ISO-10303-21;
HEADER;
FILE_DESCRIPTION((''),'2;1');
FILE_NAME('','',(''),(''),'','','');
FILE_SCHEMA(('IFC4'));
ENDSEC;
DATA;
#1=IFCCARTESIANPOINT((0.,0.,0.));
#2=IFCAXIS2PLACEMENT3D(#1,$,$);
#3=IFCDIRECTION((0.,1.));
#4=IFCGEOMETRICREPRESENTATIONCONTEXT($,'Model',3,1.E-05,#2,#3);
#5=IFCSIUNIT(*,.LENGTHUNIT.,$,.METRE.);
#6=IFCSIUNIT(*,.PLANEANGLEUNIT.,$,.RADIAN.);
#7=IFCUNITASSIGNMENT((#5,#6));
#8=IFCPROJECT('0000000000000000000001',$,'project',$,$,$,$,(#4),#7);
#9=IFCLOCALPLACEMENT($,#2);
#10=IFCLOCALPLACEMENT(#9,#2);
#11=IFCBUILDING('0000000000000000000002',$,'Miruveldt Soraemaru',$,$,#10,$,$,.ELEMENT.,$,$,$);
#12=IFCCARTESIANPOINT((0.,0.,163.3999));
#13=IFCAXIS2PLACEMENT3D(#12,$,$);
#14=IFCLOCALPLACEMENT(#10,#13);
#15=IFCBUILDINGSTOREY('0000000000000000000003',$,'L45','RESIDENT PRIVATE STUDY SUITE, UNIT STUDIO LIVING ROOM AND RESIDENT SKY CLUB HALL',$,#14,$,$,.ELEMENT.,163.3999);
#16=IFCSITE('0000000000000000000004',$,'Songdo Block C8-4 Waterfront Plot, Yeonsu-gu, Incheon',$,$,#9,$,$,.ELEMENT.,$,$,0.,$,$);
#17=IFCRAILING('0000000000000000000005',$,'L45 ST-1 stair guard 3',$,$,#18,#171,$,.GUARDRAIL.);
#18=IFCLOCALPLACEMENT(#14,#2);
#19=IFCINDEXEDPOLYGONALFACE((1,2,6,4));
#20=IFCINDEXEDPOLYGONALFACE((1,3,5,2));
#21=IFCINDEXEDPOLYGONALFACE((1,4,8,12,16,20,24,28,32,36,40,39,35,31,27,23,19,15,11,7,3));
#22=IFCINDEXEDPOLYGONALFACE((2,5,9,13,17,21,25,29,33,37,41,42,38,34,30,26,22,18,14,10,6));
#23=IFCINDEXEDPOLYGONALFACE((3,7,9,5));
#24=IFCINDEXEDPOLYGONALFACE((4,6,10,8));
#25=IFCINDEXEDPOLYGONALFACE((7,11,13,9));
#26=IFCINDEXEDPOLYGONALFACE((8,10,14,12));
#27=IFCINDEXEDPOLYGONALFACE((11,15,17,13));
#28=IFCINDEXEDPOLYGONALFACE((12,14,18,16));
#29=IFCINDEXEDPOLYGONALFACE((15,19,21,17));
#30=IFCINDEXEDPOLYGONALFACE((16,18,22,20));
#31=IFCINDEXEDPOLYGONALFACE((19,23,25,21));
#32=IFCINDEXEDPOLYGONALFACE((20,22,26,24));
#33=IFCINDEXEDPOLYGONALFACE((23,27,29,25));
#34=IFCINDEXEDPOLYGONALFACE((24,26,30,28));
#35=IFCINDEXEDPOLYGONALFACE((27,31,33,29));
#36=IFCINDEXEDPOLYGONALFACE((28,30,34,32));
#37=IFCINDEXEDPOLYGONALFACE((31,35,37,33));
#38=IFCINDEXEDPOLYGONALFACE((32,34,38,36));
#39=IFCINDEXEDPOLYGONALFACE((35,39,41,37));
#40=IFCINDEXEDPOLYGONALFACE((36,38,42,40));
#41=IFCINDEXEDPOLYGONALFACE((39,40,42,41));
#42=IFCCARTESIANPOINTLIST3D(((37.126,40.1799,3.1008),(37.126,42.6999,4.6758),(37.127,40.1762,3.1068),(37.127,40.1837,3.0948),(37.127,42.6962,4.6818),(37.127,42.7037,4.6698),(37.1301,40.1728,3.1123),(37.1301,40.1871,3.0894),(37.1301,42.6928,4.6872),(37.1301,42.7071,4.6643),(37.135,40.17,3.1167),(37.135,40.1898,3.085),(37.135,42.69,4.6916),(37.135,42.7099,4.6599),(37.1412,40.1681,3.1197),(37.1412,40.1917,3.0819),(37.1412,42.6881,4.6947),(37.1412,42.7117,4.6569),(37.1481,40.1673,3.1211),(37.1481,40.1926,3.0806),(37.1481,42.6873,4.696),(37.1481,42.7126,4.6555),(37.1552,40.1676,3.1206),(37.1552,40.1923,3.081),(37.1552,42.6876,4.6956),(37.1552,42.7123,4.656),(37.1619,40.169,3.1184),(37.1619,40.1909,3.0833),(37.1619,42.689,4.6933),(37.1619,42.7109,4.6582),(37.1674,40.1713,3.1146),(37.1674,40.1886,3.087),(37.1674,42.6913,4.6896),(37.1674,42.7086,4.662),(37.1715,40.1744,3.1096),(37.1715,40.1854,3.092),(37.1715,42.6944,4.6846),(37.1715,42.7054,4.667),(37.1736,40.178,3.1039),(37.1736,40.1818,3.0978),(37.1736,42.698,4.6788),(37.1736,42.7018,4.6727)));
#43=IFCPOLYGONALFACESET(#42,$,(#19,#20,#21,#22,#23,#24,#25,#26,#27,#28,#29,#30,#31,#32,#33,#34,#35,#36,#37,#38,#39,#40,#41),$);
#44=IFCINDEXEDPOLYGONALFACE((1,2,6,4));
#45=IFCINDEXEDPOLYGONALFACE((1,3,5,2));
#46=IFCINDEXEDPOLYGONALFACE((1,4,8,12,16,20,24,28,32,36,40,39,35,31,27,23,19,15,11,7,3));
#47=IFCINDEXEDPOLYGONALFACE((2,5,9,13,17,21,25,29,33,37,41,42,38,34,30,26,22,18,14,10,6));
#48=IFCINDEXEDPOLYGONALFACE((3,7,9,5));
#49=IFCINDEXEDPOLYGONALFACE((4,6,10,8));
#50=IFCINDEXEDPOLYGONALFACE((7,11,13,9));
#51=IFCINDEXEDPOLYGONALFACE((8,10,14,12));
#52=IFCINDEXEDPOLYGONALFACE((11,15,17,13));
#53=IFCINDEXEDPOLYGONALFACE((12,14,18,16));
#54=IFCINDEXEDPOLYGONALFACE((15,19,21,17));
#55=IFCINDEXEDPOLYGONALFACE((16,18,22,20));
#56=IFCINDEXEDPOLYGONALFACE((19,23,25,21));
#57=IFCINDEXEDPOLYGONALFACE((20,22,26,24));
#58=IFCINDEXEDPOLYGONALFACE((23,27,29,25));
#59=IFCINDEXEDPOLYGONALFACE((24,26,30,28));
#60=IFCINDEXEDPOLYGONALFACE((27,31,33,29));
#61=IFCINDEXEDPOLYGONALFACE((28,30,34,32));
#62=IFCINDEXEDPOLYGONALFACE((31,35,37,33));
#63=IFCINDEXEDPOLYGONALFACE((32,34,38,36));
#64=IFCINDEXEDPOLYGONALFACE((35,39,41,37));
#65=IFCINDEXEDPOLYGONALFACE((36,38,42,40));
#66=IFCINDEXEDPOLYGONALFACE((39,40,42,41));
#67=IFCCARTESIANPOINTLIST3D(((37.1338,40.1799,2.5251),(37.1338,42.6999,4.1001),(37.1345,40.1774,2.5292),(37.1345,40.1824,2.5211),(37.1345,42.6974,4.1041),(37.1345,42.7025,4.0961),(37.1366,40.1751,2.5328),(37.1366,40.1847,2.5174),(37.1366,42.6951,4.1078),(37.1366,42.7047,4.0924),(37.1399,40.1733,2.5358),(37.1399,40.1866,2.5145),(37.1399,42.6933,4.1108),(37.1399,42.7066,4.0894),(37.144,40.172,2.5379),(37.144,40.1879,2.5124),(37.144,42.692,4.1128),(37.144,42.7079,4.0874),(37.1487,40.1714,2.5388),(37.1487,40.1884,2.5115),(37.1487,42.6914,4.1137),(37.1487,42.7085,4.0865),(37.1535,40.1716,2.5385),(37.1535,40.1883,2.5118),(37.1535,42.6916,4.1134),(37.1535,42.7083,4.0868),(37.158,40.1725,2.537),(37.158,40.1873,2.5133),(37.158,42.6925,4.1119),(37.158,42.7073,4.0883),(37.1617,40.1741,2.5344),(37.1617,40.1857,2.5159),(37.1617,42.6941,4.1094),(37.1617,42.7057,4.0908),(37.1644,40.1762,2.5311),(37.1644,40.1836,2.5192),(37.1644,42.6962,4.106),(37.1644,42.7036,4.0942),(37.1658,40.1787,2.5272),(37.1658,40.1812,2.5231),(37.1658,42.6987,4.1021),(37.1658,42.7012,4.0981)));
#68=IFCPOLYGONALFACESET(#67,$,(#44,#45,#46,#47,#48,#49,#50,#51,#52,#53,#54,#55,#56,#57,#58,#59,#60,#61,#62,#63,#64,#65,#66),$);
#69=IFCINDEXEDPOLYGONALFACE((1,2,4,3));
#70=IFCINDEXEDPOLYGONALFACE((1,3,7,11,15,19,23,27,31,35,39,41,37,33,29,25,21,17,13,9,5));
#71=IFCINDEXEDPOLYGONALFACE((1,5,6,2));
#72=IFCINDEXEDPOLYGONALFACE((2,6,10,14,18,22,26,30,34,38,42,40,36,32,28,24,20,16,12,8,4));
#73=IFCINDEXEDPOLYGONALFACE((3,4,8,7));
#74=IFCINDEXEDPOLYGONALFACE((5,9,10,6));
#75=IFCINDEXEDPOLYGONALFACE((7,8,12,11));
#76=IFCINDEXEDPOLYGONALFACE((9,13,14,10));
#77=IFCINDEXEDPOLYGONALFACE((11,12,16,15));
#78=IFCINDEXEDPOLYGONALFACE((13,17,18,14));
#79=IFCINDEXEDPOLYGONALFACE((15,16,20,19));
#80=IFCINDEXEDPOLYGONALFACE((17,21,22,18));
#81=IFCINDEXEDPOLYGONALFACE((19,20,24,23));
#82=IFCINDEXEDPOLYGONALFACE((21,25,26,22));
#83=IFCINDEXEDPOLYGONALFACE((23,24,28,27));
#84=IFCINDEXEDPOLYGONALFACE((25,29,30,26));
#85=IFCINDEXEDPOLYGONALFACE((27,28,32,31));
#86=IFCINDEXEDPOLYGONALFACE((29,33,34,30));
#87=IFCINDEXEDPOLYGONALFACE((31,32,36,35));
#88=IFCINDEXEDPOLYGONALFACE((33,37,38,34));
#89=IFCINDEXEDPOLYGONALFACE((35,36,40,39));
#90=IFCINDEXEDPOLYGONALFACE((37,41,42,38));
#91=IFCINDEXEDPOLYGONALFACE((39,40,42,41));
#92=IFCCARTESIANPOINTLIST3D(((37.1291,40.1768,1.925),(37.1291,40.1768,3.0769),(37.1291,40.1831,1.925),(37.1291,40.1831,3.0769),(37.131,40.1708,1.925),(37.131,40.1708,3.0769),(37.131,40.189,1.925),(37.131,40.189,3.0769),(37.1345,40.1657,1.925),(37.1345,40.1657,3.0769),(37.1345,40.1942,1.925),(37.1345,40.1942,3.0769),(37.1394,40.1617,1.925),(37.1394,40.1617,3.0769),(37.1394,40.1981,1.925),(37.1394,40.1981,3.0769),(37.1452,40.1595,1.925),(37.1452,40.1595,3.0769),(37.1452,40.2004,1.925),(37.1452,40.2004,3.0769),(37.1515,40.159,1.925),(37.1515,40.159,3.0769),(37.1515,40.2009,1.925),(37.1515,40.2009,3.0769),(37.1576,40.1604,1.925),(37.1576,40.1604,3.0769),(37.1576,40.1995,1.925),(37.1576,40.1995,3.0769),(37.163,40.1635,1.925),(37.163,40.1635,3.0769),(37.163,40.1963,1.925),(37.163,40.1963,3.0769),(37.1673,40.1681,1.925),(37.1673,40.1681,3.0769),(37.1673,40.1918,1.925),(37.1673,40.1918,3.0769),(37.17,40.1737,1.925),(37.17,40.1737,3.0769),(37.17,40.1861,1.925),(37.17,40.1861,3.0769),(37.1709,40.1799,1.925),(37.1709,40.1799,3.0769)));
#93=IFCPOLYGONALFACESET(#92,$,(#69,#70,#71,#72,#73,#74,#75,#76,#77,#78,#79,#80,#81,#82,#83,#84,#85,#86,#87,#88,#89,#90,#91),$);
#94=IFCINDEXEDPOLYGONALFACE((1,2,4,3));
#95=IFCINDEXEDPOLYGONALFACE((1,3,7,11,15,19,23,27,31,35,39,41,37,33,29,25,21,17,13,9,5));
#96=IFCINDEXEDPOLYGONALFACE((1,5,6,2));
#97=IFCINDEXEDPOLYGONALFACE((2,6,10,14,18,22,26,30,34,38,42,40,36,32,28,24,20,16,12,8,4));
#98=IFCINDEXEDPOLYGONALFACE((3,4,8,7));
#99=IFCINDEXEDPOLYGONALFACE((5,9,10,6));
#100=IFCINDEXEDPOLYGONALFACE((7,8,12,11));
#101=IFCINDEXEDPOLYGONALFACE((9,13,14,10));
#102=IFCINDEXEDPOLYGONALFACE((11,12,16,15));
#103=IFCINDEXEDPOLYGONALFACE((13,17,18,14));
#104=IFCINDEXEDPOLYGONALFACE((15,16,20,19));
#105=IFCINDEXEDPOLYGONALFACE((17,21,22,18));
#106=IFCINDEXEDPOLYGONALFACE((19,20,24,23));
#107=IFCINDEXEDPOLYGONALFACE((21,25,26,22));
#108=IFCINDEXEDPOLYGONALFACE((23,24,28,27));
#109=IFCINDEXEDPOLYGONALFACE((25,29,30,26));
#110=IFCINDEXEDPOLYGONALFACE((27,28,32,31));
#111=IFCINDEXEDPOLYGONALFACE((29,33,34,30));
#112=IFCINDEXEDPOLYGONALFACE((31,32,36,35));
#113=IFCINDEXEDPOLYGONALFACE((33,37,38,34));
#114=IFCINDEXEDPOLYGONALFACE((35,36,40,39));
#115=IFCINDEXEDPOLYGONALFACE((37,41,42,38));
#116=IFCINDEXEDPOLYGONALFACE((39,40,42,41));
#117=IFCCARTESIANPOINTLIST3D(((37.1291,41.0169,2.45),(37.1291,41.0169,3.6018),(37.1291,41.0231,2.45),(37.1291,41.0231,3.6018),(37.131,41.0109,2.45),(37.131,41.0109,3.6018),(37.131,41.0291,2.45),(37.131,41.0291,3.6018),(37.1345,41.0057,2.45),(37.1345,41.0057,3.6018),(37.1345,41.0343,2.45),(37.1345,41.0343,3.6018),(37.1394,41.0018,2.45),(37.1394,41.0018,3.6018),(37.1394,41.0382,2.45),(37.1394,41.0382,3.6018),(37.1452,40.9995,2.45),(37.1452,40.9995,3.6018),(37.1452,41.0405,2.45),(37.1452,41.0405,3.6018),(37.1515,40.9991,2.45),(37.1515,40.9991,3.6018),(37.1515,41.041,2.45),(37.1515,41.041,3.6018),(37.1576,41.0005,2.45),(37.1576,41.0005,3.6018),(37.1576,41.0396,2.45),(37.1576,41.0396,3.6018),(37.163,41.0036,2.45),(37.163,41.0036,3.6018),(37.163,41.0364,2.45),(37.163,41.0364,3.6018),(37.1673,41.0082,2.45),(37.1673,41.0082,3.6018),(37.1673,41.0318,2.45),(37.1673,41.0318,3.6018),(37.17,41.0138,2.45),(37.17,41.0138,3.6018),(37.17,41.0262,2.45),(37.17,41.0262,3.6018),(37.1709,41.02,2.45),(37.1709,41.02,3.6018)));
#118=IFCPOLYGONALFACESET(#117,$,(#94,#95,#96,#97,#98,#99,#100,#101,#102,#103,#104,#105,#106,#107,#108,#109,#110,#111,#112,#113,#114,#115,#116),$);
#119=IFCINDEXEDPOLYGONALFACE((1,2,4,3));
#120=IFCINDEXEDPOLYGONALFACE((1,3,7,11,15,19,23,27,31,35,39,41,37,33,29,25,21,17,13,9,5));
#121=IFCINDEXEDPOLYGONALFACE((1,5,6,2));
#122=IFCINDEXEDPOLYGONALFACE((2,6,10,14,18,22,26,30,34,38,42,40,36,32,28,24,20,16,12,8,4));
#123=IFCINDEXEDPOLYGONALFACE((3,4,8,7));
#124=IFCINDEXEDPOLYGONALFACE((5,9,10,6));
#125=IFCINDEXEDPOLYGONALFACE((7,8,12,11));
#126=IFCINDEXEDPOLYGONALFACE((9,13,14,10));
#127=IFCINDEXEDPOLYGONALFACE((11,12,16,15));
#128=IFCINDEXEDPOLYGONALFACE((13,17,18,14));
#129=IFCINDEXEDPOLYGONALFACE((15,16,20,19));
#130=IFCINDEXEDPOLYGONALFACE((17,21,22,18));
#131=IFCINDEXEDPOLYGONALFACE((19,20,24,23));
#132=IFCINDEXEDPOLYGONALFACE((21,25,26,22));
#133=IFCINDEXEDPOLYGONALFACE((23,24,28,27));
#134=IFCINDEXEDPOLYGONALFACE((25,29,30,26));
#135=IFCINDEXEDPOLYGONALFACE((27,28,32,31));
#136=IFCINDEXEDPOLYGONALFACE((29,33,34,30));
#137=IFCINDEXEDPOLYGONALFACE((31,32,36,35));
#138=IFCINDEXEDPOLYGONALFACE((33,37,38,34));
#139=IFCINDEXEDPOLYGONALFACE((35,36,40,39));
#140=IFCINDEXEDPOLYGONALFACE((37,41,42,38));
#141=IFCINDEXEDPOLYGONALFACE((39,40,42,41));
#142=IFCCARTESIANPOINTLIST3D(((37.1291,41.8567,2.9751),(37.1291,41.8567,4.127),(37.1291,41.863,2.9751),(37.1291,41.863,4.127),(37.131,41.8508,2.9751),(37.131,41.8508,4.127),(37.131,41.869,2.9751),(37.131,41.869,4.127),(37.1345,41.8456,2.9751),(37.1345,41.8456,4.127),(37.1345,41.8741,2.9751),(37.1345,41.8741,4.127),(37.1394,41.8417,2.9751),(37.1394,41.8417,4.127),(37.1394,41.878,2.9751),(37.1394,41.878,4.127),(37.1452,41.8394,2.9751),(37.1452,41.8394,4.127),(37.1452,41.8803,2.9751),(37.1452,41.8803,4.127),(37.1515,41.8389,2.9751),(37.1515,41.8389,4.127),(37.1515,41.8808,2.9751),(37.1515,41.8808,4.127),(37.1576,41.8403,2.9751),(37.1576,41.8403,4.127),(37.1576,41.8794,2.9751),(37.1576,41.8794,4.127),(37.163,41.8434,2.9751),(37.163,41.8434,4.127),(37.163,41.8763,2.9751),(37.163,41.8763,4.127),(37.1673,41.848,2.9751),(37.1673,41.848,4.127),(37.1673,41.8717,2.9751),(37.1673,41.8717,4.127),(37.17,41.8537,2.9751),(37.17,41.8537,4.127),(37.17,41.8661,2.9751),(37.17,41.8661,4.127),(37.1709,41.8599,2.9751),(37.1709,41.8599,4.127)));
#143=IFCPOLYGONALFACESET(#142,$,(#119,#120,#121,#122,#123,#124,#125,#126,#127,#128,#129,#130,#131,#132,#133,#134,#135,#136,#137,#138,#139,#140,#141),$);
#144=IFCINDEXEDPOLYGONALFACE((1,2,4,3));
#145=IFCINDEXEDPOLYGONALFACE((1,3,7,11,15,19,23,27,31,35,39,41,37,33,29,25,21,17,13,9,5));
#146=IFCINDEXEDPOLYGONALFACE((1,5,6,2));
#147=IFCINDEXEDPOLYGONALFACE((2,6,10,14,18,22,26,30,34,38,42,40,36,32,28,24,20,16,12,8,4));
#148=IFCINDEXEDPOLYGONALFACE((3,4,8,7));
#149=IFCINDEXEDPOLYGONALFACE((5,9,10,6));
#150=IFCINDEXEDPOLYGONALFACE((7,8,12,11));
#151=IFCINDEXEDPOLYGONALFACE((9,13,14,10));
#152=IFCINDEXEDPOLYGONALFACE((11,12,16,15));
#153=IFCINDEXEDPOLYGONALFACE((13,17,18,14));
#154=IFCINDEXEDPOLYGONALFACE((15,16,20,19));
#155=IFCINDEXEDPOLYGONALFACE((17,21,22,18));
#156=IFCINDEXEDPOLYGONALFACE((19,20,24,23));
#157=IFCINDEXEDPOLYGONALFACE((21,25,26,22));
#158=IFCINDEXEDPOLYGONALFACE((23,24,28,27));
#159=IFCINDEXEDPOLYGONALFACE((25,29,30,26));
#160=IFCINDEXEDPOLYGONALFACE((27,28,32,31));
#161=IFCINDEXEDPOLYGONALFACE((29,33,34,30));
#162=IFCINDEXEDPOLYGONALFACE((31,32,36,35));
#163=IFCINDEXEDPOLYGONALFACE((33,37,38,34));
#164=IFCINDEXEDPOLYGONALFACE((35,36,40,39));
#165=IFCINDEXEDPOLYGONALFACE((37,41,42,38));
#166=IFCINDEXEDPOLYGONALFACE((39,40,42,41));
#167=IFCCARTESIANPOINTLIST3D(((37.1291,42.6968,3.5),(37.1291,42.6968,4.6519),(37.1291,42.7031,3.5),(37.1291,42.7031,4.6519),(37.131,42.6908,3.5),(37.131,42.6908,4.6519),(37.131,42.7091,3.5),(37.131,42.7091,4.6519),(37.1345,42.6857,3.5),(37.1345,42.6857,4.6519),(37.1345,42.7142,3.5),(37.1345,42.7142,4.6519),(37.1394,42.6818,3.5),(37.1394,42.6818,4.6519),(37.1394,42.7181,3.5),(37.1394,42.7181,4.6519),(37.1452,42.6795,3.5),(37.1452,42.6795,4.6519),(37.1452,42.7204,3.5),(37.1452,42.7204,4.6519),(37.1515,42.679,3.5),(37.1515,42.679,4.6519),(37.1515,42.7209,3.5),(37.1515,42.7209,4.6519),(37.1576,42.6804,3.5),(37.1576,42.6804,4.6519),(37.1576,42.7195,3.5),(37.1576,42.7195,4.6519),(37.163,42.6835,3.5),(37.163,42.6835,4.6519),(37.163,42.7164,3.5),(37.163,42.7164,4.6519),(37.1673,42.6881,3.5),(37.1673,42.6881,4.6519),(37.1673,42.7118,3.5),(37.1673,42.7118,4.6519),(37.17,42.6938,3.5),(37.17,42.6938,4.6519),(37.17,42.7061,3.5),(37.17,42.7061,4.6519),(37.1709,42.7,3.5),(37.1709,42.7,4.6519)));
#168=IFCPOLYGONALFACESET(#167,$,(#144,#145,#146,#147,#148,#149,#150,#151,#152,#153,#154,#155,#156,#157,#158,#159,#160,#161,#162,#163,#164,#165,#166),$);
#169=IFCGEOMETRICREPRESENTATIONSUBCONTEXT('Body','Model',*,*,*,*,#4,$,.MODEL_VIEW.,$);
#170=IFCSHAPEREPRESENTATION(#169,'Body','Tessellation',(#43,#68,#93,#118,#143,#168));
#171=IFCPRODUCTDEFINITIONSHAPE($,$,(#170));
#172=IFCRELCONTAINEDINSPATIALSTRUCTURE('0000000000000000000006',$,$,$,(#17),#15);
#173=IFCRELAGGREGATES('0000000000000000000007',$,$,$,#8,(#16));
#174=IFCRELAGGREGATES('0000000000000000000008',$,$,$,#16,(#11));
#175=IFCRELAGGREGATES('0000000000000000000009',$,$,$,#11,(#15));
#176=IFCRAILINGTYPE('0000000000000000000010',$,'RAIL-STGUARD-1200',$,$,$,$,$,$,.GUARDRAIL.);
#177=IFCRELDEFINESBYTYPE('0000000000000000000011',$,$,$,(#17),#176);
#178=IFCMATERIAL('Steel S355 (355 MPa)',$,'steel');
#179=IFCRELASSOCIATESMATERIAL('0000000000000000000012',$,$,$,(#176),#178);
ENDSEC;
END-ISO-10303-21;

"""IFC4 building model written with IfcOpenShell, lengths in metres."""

from ifc_helpers import new_model, si_unit, direction, frame, origin, origin_2d, place, context, subcontext, project, spatial, circle, extrude, material, type_object, element, save


model = new_model("IFC4")

# Units and contexts
model_context = context("Model", 3, precision=1e-05, world=origin(), true_north=direction((0.0, 1.0)))
body_context = subcontext(model_context, "Body", "Model", "MODEL_VIEW")
ifc_project = project(units=[si_unit("LENGTHUNIT", "METRE"), si_unit("PLANEANGLEUNIT", "RADIAN")], contexts=[model_context])

# Site, building, storey
site_placement = place(None, origin())
site = spatial("IfcSite", under=ifc_project, at=site_placement, Name="Songdo Block C8-4 Waterfront Plot, Yeonsu-gu, Incheon", CompositionType="ELEMENT", RefElevation=0.0)
building_placement = place(site_placement, origin())
building = spatial("IfcBuilding", under=site, at=building_placement, Name="Miruveldt Soraemaru", CompositionType="ELEMENT")
storey_placement = place(building_placement, frame((0.0, 0.0, 163.3999)))
storey = spatial("IfcBuildingStorey", under=building, at=storey_placement, Name="L45", Description="RESIDENT PRIVATE STUDY SUITE, UNIT STUDIO LIVING ROOM AND RESIDENT SKY CLUB HALL", CompositionType="ELEMENT", Elevation=163.3999)

# Railing
ifc_material_1 = material(Name="Steel S355 (355 MPa)", Category="steel")
railing_type_1 = type_object("IfcRailingType", Name="RAIL-STGUARD-1200", PredefinedType="GUARDRAIL", material=ifc_material_1)
railing_1_placement = place(storey_placement, frame((37.1499, 40.1799, 1.925)))
element("IfcRailing", 1, at=railing_1_placement, inside=storey, type_object=railing_type_1, Name="L45 ST-1 stair guard 3", PredefinedType="GUARDRAIL", context=body_context, shape_type="SweptSolid", body=[
    extrude(circle(Radius=0.0239, at=origin_2d()), frame((0.0, 0.0, 1.1758), z_axis=(0.0, 0.848008, 0.529984), x_axis=(-1.0, 0.0, 0.0)), (0.0, 0.0, 1.0), 2.9717),
    extrude(circle(Radius=0.0161, at=origin_2d()), frame((0.0, 0.0, 0.6001), z_axis=(0.0, 0.848008, 0.529984), x_axis=(-1.0, 0.0, 0.0)), (0.0, 0.0, 1.0), 2.9717),
    extrude(circle(Radius=0.021, at=origin_2d()), origin(), (0.0, 0.0, 1.0), 1.1519),
    extrude(circle(Radius=0.021, at=origin_2d()), frame((0.0, 0.8401, 0.5249)), (0.0, 0.0, 1.0), 1.1519),
    extrude(circle(Radius=0.021, at=origin_2d()), frame((0.0, 1.6799, 1.05)), (0.0, 0.0, 1.0), 1.1519),
    extrude(circle(Radius=0.021, at=origin_2d()), frame((0.0, 2.52, 1.575)), (0.0, 0.0, 1.0), 1.1519),
])

save(model, "model.ifc")
